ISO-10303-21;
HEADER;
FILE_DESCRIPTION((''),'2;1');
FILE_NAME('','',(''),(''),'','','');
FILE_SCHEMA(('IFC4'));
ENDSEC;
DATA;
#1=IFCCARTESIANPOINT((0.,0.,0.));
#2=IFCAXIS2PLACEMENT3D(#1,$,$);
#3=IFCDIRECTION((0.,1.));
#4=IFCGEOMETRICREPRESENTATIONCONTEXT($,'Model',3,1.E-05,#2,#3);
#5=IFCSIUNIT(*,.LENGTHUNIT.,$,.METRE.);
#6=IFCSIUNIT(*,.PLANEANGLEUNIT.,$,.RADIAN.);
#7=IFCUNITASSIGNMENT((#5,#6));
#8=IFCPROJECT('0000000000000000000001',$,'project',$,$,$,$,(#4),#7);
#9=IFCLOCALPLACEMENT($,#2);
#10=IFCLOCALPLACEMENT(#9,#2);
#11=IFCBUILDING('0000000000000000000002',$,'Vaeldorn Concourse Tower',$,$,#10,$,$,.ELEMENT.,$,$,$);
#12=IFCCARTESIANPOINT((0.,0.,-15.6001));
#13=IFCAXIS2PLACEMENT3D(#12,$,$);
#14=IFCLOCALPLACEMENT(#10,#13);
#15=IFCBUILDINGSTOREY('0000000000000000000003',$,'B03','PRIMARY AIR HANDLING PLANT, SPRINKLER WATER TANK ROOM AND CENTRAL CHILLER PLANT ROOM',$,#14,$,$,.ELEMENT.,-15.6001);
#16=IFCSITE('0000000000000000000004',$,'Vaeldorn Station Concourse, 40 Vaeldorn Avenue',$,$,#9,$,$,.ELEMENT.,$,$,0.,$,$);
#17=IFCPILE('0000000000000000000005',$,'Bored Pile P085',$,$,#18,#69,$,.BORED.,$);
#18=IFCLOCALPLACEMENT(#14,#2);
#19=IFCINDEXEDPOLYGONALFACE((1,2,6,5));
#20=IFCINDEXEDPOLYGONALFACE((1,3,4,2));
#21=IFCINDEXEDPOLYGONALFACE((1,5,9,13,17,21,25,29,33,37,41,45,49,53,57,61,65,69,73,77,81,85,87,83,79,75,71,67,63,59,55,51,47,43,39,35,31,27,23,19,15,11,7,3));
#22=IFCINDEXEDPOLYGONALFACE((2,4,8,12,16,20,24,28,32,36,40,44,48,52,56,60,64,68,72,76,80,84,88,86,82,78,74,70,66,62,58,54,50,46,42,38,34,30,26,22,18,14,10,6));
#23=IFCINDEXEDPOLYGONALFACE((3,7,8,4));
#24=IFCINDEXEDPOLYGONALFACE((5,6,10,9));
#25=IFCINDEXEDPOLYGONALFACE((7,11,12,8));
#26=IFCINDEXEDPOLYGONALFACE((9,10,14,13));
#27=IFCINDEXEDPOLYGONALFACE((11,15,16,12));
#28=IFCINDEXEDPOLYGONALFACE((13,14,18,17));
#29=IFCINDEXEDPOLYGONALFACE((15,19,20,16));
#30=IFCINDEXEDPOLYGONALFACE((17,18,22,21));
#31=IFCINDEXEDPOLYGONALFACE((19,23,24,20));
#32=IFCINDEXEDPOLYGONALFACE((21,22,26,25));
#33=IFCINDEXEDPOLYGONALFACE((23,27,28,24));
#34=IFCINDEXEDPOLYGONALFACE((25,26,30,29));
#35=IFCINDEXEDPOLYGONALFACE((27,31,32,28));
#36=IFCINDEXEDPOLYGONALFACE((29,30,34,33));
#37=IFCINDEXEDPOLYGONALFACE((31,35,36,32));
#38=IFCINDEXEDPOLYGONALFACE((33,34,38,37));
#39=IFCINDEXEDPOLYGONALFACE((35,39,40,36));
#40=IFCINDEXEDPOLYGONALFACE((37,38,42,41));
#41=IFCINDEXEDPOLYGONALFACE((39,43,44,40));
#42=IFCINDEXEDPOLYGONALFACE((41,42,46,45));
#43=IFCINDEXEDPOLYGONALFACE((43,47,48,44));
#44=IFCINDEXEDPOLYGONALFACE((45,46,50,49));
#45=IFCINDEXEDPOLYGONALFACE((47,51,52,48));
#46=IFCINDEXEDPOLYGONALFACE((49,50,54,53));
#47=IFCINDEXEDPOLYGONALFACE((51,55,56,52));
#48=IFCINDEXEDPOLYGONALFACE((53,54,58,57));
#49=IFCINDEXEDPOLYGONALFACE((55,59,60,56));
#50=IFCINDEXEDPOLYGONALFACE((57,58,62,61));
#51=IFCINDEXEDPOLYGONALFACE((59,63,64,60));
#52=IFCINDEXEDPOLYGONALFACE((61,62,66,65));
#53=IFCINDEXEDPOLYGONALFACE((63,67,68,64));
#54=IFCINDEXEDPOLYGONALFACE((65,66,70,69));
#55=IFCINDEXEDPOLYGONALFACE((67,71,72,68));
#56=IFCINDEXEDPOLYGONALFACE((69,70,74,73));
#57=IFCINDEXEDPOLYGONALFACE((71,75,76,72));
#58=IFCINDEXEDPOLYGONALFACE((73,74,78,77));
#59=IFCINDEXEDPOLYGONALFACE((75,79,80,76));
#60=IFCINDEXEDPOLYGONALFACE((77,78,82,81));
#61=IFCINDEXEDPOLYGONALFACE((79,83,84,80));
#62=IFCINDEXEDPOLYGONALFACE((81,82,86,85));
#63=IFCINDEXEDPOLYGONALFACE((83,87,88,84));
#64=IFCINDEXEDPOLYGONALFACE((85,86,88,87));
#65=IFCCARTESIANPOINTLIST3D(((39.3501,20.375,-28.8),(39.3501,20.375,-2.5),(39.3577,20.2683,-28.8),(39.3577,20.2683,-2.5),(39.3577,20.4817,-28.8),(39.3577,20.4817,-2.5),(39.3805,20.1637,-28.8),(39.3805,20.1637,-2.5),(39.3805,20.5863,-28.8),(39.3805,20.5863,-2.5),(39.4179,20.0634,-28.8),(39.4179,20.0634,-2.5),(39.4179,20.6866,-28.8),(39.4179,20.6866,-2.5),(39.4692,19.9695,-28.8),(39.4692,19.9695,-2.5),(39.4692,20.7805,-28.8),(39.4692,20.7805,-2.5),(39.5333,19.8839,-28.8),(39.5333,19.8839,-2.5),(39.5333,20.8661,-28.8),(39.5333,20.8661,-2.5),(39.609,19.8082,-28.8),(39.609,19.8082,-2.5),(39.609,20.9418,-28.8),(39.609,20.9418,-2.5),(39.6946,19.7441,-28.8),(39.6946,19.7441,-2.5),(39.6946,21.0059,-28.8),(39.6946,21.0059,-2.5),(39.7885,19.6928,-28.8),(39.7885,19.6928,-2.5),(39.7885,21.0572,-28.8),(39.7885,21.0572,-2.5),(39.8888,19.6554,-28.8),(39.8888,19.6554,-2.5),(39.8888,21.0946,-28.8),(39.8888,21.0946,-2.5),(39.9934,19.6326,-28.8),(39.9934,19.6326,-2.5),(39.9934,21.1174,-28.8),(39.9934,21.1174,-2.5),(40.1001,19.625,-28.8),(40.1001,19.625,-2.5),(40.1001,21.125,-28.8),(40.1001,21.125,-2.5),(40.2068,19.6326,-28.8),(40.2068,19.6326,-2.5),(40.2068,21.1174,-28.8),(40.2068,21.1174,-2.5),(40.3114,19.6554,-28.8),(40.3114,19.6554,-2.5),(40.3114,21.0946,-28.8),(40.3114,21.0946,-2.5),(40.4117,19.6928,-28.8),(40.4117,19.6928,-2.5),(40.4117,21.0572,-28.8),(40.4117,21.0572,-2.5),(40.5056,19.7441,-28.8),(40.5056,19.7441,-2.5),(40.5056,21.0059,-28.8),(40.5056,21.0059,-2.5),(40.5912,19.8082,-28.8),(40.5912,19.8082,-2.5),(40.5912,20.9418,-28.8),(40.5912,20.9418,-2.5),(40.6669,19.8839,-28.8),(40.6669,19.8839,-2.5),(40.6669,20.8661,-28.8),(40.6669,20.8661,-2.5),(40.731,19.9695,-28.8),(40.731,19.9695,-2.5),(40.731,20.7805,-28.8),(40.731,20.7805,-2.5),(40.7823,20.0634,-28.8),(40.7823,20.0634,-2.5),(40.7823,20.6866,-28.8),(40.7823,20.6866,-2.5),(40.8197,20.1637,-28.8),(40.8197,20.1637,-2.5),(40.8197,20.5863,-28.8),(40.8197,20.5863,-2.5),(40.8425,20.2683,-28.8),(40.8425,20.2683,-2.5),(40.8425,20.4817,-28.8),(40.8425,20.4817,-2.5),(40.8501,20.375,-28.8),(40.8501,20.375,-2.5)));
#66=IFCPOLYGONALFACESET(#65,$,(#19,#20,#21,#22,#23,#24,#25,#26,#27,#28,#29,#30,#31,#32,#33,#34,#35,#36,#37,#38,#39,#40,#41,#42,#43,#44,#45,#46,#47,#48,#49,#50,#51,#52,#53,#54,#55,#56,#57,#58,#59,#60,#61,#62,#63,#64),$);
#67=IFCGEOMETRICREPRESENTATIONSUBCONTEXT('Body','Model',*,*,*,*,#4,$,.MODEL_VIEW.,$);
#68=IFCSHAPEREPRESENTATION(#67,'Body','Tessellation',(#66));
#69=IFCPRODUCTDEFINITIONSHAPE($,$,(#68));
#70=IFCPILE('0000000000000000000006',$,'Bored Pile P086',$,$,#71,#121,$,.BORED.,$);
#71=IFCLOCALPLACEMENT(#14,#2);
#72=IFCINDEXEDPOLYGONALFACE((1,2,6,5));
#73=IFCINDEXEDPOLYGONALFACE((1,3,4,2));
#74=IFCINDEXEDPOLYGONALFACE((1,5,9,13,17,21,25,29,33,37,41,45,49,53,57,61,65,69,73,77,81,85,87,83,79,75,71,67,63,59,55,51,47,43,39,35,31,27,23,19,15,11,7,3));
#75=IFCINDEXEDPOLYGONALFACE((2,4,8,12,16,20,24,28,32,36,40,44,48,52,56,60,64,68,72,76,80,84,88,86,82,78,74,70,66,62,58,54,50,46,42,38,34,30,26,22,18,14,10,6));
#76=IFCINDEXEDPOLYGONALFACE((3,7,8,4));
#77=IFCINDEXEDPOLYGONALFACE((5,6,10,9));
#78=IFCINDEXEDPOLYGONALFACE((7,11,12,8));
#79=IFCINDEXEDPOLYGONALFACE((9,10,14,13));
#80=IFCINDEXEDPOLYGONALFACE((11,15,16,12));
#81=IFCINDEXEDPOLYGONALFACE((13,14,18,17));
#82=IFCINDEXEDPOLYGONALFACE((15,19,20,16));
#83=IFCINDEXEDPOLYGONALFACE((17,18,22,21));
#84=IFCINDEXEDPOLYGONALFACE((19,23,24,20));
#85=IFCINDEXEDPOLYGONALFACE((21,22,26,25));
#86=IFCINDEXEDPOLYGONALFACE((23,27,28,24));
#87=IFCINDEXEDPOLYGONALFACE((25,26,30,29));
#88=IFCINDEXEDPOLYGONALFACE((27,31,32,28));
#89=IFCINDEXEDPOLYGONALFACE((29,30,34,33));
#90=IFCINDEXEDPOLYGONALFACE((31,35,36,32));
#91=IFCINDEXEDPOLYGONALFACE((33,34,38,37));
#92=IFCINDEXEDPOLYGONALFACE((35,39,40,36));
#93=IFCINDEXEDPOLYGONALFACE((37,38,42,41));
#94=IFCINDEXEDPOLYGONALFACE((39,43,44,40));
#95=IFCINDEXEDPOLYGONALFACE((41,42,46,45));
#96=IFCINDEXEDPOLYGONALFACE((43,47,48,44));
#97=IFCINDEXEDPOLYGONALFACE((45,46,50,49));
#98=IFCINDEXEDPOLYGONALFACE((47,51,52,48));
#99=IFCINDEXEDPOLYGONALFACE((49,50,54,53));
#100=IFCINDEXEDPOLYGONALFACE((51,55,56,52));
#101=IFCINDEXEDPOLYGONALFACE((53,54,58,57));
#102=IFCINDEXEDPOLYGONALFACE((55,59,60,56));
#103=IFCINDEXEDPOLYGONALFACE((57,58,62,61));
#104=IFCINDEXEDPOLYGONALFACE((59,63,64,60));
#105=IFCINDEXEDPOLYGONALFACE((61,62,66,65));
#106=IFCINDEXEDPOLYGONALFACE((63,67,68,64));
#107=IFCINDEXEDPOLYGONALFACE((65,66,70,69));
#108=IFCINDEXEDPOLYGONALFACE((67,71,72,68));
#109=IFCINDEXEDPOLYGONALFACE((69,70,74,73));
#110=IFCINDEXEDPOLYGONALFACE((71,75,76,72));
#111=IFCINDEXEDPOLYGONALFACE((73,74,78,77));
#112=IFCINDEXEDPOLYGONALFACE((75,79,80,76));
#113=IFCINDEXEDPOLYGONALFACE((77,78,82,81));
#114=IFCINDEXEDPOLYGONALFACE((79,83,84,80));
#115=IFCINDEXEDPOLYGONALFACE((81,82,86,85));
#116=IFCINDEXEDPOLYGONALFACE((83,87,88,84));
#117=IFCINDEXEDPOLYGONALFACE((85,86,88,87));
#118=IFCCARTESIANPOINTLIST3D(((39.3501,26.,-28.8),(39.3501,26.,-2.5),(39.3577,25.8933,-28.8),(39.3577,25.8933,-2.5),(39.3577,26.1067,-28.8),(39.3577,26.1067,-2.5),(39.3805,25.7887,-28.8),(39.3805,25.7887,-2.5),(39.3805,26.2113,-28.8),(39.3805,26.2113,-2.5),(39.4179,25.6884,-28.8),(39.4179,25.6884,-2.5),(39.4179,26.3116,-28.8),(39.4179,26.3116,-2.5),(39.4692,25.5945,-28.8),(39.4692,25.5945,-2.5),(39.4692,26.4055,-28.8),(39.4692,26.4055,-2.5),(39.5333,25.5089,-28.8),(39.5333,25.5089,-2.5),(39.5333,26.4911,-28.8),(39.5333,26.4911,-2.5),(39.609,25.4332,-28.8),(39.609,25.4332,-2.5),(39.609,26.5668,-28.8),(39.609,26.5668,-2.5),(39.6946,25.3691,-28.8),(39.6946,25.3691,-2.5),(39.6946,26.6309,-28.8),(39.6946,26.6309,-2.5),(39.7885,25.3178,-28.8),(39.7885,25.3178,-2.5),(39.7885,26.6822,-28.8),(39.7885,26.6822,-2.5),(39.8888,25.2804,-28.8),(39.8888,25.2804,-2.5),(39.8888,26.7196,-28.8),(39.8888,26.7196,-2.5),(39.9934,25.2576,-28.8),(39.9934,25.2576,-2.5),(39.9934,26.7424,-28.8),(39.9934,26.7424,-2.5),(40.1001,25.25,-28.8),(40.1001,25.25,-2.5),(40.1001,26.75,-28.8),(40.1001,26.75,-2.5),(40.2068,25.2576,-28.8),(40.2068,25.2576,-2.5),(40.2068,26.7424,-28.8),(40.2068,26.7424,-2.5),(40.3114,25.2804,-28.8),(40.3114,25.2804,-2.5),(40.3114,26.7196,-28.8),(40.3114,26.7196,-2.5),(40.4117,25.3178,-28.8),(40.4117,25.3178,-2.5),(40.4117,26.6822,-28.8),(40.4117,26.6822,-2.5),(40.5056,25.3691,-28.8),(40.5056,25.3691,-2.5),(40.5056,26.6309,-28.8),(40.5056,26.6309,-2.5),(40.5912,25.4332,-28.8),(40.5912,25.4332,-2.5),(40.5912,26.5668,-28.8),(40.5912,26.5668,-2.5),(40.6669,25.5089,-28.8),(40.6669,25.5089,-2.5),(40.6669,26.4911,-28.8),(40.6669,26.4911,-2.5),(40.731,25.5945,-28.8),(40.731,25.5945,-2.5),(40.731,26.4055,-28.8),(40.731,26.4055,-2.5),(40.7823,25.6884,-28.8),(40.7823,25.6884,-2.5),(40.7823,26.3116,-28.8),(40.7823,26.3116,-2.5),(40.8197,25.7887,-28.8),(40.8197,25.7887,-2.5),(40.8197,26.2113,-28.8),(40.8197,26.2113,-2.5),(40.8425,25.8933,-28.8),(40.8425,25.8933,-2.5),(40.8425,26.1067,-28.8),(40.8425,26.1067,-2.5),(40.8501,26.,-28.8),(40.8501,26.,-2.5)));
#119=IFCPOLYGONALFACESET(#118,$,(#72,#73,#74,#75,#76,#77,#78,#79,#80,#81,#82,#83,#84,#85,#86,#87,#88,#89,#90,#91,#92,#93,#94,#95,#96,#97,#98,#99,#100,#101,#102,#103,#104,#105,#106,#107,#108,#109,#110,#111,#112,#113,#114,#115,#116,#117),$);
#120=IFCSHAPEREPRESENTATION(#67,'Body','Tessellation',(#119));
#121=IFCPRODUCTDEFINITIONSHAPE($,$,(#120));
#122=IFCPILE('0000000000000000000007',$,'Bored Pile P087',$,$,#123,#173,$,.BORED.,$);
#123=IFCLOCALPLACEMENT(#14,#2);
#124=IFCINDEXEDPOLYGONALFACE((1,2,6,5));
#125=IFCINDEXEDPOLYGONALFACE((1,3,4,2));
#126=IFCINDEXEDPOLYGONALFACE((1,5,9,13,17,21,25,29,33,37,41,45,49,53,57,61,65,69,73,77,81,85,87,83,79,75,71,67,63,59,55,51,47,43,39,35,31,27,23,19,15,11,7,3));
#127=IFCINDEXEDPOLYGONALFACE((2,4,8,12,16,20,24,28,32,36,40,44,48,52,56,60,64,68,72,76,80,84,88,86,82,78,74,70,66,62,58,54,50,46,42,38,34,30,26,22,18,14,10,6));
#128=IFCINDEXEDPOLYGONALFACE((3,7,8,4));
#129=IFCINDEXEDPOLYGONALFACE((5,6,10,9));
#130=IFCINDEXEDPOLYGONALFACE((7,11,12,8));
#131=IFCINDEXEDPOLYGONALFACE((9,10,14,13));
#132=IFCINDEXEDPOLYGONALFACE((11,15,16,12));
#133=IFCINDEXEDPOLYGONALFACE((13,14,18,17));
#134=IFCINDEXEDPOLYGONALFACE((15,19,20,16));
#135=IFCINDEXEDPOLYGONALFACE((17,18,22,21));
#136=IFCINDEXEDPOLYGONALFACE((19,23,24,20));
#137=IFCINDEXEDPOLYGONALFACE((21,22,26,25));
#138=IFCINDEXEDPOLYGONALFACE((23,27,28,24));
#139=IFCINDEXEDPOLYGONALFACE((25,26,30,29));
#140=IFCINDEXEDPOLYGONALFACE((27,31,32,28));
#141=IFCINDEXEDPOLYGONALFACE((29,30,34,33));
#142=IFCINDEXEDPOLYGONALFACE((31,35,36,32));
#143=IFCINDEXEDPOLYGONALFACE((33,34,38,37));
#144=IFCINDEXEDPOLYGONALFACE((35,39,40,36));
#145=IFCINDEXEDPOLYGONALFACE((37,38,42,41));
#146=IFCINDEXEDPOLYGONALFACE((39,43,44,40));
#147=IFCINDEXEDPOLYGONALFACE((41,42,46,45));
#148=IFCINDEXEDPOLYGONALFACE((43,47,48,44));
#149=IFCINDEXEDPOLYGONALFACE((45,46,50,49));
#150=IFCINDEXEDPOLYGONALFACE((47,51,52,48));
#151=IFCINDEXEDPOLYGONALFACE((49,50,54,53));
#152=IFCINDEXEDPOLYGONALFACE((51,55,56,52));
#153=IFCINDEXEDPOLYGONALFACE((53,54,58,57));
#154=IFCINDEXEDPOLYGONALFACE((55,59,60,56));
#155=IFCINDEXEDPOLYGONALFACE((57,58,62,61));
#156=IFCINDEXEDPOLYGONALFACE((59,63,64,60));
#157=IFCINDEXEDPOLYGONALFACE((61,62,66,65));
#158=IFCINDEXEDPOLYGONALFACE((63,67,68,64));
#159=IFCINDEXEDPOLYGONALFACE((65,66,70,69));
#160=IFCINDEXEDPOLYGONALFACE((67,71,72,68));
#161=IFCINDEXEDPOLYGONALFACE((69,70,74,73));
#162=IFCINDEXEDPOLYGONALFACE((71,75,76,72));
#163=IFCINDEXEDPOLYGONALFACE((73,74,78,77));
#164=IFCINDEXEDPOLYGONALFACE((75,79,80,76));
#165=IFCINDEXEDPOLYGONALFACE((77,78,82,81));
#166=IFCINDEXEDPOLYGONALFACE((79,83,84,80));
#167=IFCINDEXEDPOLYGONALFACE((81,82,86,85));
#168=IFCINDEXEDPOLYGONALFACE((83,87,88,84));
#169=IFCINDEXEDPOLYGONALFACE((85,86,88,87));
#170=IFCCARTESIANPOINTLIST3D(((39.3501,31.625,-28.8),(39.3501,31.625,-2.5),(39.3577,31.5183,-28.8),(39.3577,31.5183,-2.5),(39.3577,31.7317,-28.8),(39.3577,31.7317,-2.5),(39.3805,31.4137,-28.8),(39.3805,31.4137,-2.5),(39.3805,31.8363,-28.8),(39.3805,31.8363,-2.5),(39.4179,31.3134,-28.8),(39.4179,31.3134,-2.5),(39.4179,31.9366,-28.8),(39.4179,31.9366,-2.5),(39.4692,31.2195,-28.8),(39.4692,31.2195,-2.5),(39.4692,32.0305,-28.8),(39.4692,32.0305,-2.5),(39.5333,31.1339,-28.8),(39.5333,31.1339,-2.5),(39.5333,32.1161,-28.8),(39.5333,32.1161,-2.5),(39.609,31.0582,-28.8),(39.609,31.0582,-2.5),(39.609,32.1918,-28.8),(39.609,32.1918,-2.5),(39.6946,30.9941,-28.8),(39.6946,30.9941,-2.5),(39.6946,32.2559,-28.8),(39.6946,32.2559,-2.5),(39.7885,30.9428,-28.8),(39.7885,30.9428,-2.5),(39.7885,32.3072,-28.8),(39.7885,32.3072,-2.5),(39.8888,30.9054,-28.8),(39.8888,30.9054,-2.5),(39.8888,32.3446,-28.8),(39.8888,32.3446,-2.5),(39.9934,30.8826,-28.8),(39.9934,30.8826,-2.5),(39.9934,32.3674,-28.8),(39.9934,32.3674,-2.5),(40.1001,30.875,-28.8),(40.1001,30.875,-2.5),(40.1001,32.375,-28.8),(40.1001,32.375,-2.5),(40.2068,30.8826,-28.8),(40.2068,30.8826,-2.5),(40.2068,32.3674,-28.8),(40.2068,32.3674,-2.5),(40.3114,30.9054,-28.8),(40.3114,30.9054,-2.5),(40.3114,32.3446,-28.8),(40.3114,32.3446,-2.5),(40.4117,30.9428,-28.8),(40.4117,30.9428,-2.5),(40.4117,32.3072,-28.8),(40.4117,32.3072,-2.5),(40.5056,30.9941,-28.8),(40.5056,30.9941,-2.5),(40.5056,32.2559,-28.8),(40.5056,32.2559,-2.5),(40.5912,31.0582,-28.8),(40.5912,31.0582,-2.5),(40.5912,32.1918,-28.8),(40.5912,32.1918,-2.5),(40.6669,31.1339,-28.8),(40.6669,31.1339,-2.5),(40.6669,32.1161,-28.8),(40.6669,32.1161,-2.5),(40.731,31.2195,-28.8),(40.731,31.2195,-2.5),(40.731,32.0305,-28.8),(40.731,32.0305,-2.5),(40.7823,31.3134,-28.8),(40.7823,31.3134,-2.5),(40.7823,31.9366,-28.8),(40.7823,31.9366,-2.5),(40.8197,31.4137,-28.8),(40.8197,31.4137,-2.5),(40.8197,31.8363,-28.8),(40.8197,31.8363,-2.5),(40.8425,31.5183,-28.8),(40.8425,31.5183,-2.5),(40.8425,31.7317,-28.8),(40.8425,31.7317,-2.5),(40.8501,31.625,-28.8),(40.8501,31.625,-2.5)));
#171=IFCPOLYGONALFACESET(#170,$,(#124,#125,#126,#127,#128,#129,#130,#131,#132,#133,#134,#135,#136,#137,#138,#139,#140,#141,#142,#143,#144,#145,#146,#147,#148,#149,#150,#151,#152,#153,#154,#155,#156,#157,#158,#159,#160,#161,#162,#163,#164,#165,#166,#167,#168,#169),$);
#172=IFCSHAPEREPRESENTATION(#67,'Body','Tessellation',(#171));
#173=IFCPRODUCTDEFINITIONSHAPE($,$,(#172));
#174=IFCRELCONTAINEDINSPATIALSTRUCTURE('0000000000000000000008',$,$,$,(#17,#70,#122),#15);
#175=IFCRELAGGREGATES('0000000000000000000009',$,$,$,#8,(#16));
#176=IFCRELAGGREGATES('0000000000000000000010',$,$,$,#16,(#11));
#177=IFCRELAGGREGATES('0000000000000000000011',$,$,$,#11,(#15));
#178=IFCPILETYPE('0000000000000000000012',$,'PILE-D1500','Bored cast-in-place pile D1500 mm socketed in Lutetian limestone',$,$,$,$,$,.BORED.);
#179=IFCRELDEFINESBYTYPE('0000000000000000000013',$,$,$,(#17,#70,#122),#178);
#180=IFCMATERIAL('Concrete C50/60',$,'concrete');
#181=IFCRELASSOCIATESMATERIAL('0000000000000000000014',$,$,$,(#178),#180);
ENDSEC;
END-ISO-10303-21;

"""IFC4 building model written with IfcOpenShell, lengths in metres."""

from ifc_helpers import new_model, si_unit, direction, frame, origin, origin_2d, place, context, subcontext, project, spatial, circle, extrude, material, material_profile, profile_set, type_object, element, save


model = new_model("IFC4")

# Units and contexts
model_context = context("Model", 3, precision=1e-05, world=origin(), true_north=direction((0.0, 1.0)))
body_context = subcontext(model_context, "Body", "Model", "MODEL_VIEW")
ifc_project = project(units=[si_unit("LENGTHUNIT", "METRE"), si_unit("PLANEANGLEUNIT", "RADIAN")], contexts=[model_context])

# Site, building, storey
site_placement = place(None, origin())
site = spatial("IfcSite", under=ifc_project, at=site_placement, Name="Vaeldorn Station Concourse, 40 Vaeldorn Avenue", CompositionType="ELEMENT", RefElevation=0.0)
building_placement = place(site_placement, origin())
building = spatial("IfcBuilding", under=site, at=building_placement, Name="Vaeldorn Concourse Tower", CompositionType="ELEMENT")
storey_placement = place(building_placement, frame((0.0, 0.0, -15.6001)))
storey = spatial("IfcBuildingStorey", under=building, at=storey_placement, Name="B03", Description="PRIMARY AIR HANDLING PLANT, SPRINKLER WATER TANK ROOM AND CENTRAL CHILLER PLANT ROOM", CompositionType="ELEMENT", Elevation=-15.6001)

# Piles
ifc_material_1 = material(Name="Concrete C50/60", Category="concrete")
ifc_material_profile_1 = material_profile(ifc_material_1, circle(Radius=0.75, at=origin_2d()), Name="BORED PILE D1500")
ifc_profile_set_1 = profile_set([ifc_material_profile_1], Name="Concrete C50/60")
pile_type = type_object("IfcPileType", Name="PILE-D1500", Description="Bored cast-in-place pile D1500 mm socketed in Lutetian limestone", PredefinedType="BORED", material=ifc_profile_set_1)
for number, where, z_axis, x_axis, name in (
    (1, (40.1001, 20.375, -2.5), (0.0, 0.0, -1.0), (1.0, 0.0, 0.0), "Bored Pile P085"),
    (2, (40.1001, 26.0, -2.5), (0.0, 0.0, -1.0), (1.0, 0.0, 0.0), "Bored Pile P086"),
    (3, (40.1001, 31.625, -2.5), (0.0, 0.0, -1.0), (1.0, 0.0, 0.0), "Bored Pile P087"),
):
    element("IfcPile", number, at=place(storey_placement, frame(where, z_axis=z_axis, x_axis=x_axis)), inside=storey, type_object=pile_type, Name=name, PredefinedType="BORED", context=body_context, shape_type="SweptSolid", body=[
        extrude(circle(Radius=0.75, at=origin_2d()), origin(), (0.0, 0.0, 1.0), 26.3),
    ])

save(model, "model.ifc")
